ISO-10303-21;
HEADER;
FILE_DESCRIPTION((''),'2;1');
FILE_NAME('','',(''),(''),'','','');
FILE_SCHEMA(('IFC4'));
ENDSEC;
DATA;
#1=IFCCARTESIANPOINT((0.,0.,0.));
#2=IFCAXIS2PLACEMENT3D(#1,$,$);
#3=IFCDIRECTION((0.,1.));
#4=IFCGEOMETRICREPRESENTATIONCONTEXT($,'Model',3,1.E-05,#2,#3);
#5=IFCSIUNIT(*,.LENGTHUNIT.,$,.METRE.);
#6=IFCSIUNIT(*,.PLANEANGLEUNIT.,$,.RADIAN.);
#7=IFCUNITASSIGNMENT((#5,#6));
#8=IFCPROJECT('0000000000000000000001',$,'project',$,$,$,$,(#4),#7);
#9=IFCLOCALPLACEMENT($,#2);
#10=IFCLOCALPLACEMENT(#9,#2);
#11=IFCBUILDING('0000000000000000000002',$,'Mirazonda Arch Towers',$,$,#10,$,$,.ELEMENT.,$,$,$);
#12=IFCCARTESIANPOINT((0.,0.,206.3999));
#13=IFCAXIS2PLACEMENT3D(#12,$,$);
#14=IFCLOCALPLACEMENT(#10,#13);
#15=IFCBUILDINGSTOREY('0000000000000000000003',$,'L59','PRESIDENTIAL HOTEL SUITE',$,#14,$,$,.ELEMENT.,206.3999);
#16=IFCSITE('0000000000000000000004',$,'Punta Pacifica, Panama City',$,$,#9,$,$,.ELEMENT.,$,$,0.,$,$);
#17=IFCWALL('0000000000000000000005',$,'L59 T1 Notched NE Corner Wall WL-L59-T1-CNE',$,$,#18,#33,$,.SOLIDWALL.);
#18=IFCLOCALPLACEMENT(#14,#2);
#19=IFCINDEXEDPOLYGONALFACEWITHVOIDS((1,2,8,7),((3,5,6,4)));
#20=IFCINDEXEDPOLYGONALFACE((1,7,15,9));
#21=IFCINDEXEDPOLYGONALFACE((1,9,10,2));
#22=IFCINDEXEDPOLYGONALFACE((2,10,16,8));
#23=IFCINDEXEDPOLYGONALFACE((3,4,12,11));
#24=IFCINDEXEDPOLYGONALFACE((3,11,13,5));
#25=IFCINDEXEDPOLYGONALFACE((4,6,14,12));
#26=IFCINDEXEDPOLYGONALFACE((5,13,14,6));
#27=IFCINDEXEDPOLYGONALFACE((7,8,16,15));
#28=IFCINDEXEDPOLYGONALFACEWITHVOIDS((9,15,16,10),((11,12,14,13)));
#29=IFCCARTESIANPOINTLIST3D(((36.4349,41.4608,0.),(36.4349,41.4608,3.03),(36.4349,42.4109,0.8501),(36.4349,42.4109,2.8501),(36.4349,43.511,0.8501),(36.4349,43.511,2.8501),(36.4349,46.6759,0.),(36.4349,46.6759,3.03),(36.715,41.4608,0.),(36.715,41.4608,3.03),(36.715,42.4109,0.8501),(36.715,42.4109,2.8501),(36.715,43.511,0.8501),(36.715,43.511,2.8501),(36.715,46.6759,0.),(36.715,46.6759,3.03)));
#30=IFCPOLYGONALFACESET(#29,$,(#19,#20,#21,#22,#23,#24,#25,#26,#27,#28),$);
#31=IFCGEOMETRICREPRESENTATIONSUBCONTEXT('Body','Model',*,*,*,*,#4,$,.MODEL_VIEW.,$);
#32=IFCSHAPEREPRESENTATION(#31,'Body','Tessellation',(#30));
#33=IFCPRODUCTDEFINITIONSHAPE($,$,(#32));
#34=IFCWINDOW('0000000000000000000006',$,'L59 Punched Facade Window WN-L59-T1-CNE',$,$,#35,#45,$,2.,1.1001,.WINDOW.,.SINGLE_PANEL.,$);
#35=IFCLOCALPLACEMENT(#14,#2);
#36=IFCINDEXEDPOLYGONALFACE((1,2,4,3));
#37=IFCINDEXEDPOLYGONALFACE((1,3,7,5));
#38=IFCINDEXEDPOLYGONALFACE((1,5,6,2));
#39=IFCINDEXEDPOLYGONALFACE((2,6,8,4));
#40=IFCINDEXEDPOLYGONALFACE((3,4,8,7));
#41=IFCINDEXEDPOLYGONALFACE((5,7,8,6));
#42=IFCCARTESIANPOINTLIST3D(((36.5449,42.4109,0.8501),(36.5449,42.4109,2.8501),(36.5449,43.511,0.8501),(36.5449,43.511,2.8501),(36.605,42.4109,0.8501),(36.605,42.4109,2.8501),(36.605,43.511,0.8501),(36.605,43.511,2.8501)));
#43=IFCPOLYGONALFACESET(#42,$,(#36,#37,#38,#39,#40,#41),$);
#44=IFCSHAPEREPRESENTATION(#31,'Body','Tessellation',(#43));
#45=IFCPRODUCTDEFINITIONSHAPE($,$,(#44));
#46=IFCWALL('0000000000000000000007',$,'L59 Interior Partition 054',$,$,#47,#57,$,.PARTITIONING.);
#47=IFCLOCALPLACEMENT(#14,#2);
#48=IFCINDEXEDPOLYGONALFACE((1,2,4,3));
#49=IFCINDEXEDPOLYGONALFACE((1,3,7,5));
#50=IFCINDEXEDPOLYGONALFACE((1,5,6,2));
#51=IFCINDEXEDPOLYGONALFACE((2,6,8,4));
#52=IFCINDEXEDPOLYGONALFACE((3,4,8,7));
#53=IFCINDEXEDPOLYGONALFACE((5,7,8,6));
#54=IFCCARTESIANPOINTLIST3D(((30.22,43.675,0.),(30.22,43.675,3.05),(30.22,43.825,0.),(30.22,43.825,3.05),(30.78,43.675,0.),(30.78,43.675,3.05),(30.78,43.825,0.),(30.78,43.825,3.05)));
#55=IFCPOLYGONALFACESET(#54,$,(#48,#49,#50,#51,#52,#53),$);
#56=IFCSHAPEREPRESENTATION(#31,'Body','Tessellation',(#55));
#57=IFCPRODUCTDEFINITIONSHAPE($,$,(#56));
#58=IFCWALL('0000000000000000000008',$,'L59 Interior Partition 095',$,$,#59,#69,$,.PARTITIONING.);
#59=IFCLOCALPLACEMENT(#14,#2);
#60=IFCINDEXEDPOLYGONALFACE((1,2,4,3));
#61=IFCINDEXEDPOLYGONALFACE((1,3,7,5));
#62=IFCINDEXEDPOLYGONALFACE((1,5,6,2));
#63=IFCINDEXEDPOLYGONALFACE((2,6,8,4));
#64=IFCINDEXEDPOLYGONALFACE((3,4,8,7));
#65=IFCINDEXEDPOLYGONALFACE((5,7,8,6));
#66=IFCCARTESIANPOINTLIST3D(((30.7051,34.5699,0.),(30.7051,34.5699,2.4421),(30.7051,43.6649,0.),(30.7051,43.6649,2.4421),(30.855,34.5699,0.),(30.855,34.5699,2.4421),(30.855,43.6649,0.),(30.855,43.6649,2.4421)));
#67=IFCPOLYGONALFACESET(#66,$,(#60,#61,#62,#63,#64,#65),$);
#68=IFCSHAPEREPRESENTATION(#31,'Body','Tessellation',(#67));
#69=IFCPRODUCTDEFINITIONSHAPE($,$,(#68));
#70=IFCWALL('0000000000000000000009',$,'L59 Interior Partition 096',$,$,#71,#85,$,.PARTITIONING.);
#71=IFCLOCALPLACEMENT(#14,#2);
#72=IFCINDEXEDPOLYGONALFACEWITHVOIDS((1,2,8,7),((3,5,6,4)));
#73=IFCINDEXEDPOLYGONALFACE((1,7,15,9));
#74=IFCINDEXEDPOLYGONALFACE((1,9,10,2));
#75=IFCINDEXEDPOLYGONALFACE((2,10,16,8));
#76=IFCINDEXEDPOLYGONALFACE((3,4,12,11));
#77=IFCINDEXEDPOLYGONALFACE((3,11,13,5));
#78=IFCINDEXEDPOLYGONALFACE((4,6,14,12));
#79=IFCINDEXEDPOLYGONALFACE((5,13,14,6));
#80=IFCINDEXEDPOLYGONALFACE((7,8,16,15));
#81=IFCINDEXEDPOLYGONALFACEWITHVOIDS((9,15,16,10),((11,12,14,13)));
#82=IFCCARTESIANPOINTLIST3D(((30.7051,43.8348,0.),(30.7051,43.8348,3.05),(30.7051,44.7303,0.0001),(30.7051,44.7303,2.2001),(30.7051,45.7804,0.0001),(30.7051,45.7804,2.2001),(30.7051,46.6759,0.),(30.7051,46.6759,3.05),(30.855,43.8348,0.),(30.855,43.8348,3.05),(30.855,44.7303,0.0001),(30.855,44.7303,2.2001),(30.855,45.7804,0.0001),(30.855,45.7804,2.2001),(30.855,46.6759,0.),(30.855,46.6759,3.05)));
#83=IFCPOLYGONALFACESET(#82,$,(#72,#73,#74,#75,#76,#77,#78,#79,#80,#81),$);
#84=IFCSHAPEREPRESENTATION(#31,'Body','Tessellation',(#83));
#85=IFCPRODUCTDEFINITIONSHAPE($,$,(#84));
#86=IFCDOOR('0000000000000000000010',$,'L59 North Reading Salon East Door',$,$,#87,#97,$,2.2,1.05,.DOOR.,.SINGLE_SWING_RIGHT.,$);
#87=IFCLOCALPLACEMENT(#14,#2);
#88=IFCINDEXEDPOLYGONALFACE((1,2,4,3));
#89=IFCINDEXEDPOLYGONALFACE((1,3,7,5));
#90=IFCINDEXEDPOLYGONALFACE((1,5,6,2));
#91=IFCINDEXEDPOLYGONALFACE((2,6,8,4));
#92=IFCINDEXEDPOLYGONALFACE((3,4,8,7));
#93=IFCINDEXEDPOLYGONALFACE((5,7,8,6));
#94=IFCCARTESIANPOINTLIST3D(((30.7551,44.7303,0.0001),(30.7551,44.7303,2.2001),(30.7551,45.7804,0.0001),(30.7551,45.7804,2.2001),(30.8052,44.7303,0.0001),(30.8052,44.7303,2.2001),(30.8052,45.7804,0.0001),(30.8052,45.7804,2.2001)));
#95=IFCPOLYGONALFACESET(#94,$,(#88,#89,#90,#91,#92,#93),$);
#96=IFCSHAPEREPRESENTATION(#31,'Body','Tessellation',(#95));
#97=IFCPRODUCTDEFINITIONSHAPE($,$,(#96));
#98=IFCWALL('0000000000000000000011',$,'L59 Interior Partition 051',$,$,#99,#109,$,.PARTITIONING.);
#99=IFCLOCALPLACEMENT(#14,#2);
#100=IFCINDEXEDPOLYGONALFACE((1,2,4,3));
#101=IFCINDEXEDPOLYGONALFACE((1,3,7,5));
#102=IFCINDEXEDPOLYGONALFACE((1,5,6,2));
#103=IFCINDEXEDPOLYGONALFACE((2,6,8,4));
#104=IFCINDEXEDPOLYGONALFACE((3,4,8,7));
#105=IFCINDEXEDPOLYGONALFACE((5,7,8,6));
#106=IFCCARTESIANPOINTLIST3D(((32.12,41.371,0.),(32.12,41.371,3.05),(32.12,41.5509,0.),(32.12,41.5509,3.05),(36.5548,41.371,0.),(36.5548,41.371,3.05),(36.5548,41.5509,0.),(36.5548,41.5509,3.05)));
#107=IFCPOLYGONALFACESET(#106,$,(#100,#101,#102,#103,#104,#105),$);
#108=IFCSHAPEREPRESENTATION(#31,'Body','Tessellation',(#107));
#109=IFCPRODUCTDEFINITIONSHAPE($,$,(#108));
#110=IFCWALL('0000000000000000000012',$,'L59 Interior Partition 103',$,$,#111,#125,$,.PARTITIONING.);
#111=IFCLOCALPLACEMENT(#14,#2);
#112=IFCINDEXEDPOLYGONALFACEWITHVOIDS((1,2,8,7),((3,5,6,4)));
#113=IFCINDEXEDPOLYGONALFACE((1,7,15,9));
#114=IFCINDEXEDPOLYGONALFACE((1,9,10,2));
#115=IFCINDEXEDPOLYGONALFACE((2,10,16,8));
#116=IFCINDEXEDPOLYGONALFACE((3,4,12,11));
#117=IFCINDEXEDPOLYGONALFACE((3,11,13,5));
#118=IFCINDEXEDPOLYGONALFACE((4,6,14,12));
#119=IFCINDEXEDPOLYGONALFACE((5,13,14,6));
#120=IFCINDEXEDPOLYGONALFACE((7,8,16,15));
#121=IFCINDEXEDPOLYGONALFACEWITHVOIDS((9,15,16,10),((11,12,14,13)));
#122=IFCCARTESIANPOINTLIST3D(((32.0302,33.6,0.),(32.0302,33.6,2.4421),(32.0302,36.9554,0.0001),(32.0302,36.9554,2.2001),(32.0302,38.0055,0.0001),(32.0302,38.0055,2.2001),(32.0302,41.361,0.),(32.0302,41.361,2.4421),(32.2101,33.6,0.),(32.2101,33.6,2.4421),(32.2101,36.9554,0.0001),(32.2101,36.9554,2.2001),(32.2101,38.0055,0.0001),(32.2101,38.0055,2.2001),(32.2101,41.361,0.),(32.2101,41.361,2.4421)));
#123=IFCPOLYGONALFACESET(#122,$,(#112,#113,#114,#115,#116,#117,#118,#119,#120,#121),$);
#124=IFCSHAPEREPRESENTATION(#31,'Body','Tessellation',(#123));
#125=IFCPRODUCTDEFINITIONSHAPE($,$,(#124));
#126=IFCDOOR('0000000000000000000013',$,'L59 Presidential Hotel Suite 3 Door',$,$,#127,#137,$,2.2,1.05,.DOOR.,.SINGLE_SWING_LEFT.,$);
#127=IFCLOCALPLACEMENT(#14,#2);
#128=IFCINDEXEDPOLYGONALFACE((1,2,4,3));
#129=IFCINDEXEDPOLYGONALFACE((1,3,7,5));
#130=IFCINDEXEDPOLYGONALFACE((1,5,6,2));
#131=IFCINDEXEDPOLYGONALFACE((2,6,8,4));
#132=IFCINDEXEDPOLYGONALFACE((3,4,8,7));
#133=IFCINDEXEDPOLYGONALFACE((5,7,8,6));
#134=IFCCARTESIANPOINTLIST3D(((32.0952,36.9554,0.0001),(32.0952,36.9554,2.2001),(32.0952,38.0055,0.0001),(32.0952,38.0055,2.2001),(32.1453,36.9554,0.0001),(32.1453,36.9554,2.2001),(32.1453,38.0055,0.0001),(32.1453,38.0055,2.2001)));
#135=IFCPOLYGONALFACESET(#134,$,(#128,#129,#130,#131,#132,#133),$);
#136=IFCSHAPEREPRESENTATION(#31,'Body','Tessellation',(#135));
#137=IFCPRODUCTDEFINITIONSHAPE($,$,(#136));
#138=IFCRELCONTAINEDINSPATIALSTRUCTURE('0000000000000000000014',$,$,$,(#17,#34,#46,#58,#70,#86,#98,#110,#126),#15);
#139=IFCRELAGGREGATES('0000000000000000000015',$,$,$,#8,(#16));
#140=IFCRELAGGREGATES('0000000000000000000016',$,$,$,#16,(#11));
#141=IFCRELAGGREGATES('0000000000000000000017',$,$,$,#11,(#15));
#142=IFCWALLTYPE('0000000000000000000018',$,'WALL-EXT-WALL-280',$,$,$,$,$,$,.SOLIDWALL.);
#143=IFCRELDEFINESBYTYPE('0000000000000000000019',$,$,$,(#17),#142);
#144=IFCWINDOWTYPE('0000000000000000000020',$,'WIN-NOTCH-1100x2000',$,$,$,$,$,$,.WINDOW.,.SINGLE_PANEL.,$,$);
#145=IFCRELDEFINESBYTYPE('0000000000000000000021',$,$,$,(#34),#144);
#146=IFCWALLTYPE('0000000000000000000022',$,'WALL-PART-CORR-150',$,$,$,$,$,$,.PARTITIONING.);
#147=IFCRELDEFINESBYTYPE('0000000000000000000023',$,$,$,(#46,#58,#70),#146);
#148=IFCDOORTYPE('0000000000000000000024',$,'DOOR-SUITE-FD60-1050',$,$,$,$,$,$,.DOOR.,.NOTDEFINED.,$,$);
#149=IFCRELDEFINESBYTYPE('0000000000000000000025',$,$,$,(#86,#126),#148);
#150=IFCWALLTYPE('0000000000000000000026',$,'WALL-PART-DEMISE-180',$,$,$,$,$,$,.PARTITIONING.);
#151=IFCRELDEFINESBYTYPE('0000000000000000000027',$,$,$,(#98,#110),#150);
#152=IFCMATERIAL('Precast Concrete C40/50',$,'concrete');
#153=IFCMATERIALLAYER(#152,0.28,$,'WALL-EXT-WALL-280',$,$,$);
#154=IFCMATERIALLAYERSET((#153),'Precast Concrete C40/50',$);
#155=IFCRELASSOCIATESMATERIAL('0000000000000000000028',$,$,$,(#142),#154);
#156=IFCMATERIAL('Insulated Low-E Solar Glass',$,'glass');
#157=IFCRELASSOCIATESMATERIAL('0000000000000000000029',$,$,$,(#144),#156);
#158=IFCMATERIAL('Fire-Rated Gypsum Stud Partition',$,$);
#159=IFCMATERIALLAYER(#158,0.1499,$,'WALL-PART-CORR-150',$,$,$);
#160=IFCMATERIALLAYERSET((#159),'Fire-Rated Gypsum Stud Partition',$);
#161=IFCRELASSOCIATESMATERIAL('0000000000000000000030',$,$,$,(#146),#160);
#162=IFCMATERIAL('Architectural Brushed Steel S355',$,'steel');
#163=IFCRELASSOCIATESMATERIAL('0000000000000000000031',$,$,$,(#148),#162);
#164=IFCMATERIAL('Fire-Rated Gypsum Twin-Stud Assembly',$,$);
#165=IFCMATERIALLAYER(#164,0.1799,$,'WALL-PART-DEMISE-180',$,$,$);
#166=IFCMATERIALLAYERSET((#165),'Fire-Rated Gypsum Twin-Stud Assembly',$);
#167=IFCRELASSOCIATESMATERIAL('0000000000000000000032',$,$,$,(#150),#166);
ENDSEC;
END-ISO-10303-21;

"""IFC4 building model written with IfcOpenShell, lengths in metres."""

from ifc_helpers import new_model, si_unit, direction, frame, frame_2d, origin, place, context, subcontext, project, spatial, rectangle, extrude, material, layer, layer_set, type_object, element, fill, save


model = new_model("IFC4")

# Units and contexts
model_context = context("Model", 3, precision=1e-05, world=origin(), true_north=direction((0.0, 1.0)))
body_context = subcontext(model_context, "Body", "Model", "MODEL_VIEW")
ifc_project = project(units=[si_unit("LENGTHUNIT", "METRE"), si_unit("PLANEANGLEUNIT", "RADIAN")], contexts=[model_context])

# Site, building, storey
site_placement = place(None, origin())
site = spatial("IfcSite", under=ifc_project, at=site_placement, Name="Punta Pacifica, Panama City", CompositionType="ELEMENT", RefElevation=0.0)
building_placement = place(site_placement, origin())
building = spatial("IfcBuilding", under=site, at=building_placement, Name="Mirazonda Arch Towers", CompositionType="ELEMENT")
storey_placement = place(building_placement, frame((0.0, 0.0, 206.3999)))
storey = spatial("IfcBuildingStorey", under=building, at=storey_placement, Name="L59", Description="PRESIDENTIAL HOTEL SUITE", CompositionType="ELEMENT", Elevation=206.3999)

# Shared definitions
ifc_material_1 = material(Name="Insulated Low-E Solar Glass", Category="glass")

# Wall, opening, window
ifc_material_2 = material(Name="Precast Concrete C40/50", Category="concrete")
ifc_layer_1 = layer(ifc_material_2, 0.28, Name="WALL-EXT-WALL-280")
ifc_layer_set_1 = layer_set([ifc_layer_1], Name="Precast Concrete C40/50")
wall_type_1 = type_object("IfcWallType", Name="WALL-EXT-WALL-280", PredefinedType="SOLIDWALL", material=ifc_layer_set_1)
wall_1_placement = place(storey_placement, frame((36.575, 41.4609, 0.0), z_axis=(0.0, 0.0, 1.0), x_axis=(0.0, 1.0, 0.0)))
wall_1 = element("IfcWall", 1, at=wall_1_placement, inside=storey, type_object=wall_type_1, Name="L59 T1 Notched NE Corner Wall WL-L59-T1-CNE", PredefinedType="SOLIDWALL", context=body_context, shape_type="SweptSolid", body=[
    extrude(rectangle(XDim=5.2151, YDim=0.28, at=frame_2d((2.6074, 0.0))), origin(), (0.0, 0.0, 1.0), 3.03),
])
opening_1_placement = place(wall_1_placement, frame((0.95, 0.0, 0.8501)))
opening_1 = element("IfcOpeningElement", 2, at=opening_1_placement, cuts=wall_1, PredefinedType="OPENING", context=body_context, shape_type="SweptSolid", body=[
    extrude(rectangle(XDim=1.1001, YDim=2.0, at=frame_2d((0.55, 1.0))), frame((0.0, 0.1499, 0.0), z_axis=(0.0, -1.0, 0.0), x_axis=(1.0, 0.0, 0.0)), (0.0, 0.0, 1.0), 0.3),
])
window_type = type_object("IfcWindowType", Name="WIN-NOTCH-1100x2000", PartitioningType="SINGLE_PANEL", PredefinedType="WINDOW", material=ifc_material_1)
window_placement = place(opening_1_placement, origin())
window = element("IfcWindow", 3, at=window_placement, inside=storey, type_object=window_type, Name="L59 Punched Facade Window WN-L59-T1-CNE", OverallHeight=2.0, OverallWidth=1.1001, PartitioningType="SINGLE_PANEL", PredefinedType="WINDOW", context=body_context, shape_type="SweptSolid", body=[
    extrude(rectangle(XDim=1.1001, YDim=2.0, at=frame_2d((0.55, 1.0))), frame((0.0, 0.03, 0.0), z_axis=(0.0, -1.0, 0.0), x_axis=(1.0, 0.0, 0.0)), (0.0, 0.0, 1.0), 0.0601),
])
fill(opening_1, window)

# Walls
ifc_material_3 = material(Name="Fire-Rated Gypsum Stud Partition")
ifc_layer_2 = layer(ifc_material_3, 0.1499, Name="WALL-PART-CORR-150")
ifc_layer_set_2 = layer_set([ifc_layer_2], Name="Fire-Rated Gypsum Stud Partition")
wall_type_2 = type_object("IfcWallType", Name="WALL-PART-CORR-150", PredefinedType="PARTITIONING", material=ifc_layer_set_2)
wall_2_placement = place(storey_placement, frame((30.22, 43.75, 0.0), z_axis=(0.0, 0.0, 1.0), x_axis=(1.0, 0.0, 0.0)))
element("IfcWall", 4, at=wall_2_placement, inside=storey, type_object=wall_type_2, Name="L59 Interior Partition 054", PredefinedType="PARTITIONING", context=body_context, shape_type="SweptSolid", body=[
    extrude(rectangle(XDim=0.5601, YDim=0.1499, at=frame_2d((0.28, 0.0))), origin(), (0.0, 0.0, 1.0), 3.05),
])
wall_3_placement = place(storey_placement, frame((30.78, 34.5701, 0.0), z_axis=(0.0, 0.0, 1.0), x_axis=(0.0, 1.0, 0.0)))
element("IfcWall", 5, at=wall_3_placement, inside=storey, type_object=wall_type_2, Name="L59 Interior Partition 095", PredefinedType="PARTITIONING", context=body_context, shape_type="SweptSolid", body=[
    extrude(rectangle(XDim=9.095, YDim=0.1499, at=frame_2d((4.5474, 0.0))), origin(), (0.0, 0.0, 1.0), 2.4421),
])

# Wall, opening, door
wall_4_placement = place(storey_placement, frame((30.78, 43.835, 0.0), z_axis=(0.0, 0.0, 1.0), x_axis=(0.0, 1.0, 0.0)))
wall_4 = element("IfcWall", 6, at=wall_4_placement, inside=storey, type_object=wall_type_2, Name="L59 Interior Partition 096", PredefinedType="PARTITIONING", context=body_context, shape_type="SweptSolid", body=[
    extrude(rectangle(XDim=2.8411, YDim=0.1499, at=frame_2d((1.4204, 0.0))), origin(), (0.0, 0.0, 1.0), 3.05),
])
opening_2_placement = place(wall_4_placement, frame((0.8955, 0.0, 0.0)))
opening_2 = element("IfcOpeningElement", 7, at=opening_2_placement, cuts=wall_4, PredefinedType="OPENING", context=body_context, shape_type="SweptSolid", body=[
    extrude(rectangle(XDim=1.05, YDim=2.2, at=frame_2d((0.5249, 1.1001))), frame((0.0, 0.085, 0.0), z_axis=(0.0, -1.0, 0.0), x_axis=(1.0, 0.0, 0.0)), (0.0, 0.0, 1.0), 0.1699),
])
ifc_material_4 = material(Name="Architectural Brushed Steel S355", Category="steel")
door_type_1 = type_object("IfcDoorType", Name="DOOR-SUITE-FD60-1050", OperationType="NOTDEFINED", PredefinedType="DOOR", material=ifc_material_4)
door_1_placement = place(opening_2_placement, origin())
door_1 = element("IfcDoor", 8, at=door_1_placement, inside=storey, type_object=door_type_1, Name="L59 North Reading Salon East Door", OperationType="SINGLE_SWING_RIGHT", OverallHeight=2.2, OverallWidth=1.05, PredefinedType="DOOR", context=body_context, shape_type="SweptSolid", body=[
    extrude(rectangle(XDim=1.05, YDim=2.2, at=frame_2d((0.5249, 1.1001))), frame((0.0, 0.0249, 0.0), z_axis=(0.0, -1.0, 0.0), x_axis=(1.0, 0.0, 0.0)), (0.0, 0.0, 1.0), 0.05),
])
fill(opening_2, door_1)

# Wall
ifc_material_5 = material(Name="Fire-Rated Gypsum Twin-Stud Assembly")
ifc_layer_3 = layer(ifc_material_5, 0.1799, Name="WALL-PART-DEMISE-180")
ifc_layer_set_3 = layer_set([ifc_layer_3], Name="Fire-Rated Gypsum Twin-Stud Assembly")
wall_type_3 = type_object("IfcWallType", Name="WALL-PART-DEMISE-180", PredefinedType="PARTITIONING", material=ifc_layer_set_3)
wall_5_placement = place(storey_placement, frame((32.1201, 41.4609, 0.0), z_axis=(0.0, 0.0, 1.0), x_axis=(1.0, 0.0, 0.0)))
element("IfcWall", 9, at=wall_5_placement, inside=storey, type_object=wall_type_3, Name="L59 Interior Partition 051", PredefinedType="PARTITIONING", context=body_context, shape_type="SweptSolid", body=[
    extrude(rectangle(XDim=4.4348, YDim=0.1799, at=frame_2d((2.2173, 0.0))), origin(), (0.0, 0.0, 1.0), 3.05),
])

# Wall, opening, door
wall_6_placement = place(storey_placement, frame((32.1201, 33.6001, 0.0), z_axis=(0.0, 0.0, 1.0), x_axis=(0.0, 1.0, 0.0)))
wall_6 = element("IfcWall", 10, at=wall_6_placement, inside=storey, type_object=wall_type_3, Name="L59 Interior Partition 103", PredefinedType="PARTITIONING", context=body_context, shape_type="SweptSolid", body=[
    extrude(rectangle(XDim=7.761, YDim=0.1799, at=frame_2d((3.8804, 0.0))), origin(), (0.0, 0.0, 1.0), 2.4421),
])
opening_3_placement = place(wall_6_placement, frame((3.3555, 0.0, 0.0)))
opening_3 = element("IfcOpeningElement", 11, at=opening_3_placement, cuts=wall_6, PredefinedType="OPENING", context=body_context, shape_type="SweptSolid", body=[
    extrude(rectangle(XDim=1.05, YDim=2.2, at=frame_2d((0.5249, 1.1001))), frame((0.0, 0.0999, 0.0), z_axis=(0.0, -1.0, 0.0), x_axis=(1.0, 0.0, 0.0)), (0.0, 0.0, 1.0), 0.2),
])
door_2_placement = place(opening_3_placement, origin())
door_2 = element("IfcDoor", 12, at=door_2_placement, inside=storey, type_object=door_type_1, Name="L59 Presidential Hotel Suite 3 Door", OperationType="SINGLE_SWING_LEFT", OverallHeight=2.2, OverallWidth=1.05, PredefinedType="DOOR", context=body_context, shape_type="SweptSolid", body=[
    extrude(rectangle(XDim=1.05, YDim=2.2, at=frame_2d((0.5249, 1.1001))), frame((0.0, 0.0249, 0.0), z_axis=(0.0, -1.0, 0.0), x_axis=(1.0, 0.0, 0.0)), (0.0, 0.0, 1.0), 0.05),
])
fill(opening_3, door_2)

save(model, "model.ifc")
